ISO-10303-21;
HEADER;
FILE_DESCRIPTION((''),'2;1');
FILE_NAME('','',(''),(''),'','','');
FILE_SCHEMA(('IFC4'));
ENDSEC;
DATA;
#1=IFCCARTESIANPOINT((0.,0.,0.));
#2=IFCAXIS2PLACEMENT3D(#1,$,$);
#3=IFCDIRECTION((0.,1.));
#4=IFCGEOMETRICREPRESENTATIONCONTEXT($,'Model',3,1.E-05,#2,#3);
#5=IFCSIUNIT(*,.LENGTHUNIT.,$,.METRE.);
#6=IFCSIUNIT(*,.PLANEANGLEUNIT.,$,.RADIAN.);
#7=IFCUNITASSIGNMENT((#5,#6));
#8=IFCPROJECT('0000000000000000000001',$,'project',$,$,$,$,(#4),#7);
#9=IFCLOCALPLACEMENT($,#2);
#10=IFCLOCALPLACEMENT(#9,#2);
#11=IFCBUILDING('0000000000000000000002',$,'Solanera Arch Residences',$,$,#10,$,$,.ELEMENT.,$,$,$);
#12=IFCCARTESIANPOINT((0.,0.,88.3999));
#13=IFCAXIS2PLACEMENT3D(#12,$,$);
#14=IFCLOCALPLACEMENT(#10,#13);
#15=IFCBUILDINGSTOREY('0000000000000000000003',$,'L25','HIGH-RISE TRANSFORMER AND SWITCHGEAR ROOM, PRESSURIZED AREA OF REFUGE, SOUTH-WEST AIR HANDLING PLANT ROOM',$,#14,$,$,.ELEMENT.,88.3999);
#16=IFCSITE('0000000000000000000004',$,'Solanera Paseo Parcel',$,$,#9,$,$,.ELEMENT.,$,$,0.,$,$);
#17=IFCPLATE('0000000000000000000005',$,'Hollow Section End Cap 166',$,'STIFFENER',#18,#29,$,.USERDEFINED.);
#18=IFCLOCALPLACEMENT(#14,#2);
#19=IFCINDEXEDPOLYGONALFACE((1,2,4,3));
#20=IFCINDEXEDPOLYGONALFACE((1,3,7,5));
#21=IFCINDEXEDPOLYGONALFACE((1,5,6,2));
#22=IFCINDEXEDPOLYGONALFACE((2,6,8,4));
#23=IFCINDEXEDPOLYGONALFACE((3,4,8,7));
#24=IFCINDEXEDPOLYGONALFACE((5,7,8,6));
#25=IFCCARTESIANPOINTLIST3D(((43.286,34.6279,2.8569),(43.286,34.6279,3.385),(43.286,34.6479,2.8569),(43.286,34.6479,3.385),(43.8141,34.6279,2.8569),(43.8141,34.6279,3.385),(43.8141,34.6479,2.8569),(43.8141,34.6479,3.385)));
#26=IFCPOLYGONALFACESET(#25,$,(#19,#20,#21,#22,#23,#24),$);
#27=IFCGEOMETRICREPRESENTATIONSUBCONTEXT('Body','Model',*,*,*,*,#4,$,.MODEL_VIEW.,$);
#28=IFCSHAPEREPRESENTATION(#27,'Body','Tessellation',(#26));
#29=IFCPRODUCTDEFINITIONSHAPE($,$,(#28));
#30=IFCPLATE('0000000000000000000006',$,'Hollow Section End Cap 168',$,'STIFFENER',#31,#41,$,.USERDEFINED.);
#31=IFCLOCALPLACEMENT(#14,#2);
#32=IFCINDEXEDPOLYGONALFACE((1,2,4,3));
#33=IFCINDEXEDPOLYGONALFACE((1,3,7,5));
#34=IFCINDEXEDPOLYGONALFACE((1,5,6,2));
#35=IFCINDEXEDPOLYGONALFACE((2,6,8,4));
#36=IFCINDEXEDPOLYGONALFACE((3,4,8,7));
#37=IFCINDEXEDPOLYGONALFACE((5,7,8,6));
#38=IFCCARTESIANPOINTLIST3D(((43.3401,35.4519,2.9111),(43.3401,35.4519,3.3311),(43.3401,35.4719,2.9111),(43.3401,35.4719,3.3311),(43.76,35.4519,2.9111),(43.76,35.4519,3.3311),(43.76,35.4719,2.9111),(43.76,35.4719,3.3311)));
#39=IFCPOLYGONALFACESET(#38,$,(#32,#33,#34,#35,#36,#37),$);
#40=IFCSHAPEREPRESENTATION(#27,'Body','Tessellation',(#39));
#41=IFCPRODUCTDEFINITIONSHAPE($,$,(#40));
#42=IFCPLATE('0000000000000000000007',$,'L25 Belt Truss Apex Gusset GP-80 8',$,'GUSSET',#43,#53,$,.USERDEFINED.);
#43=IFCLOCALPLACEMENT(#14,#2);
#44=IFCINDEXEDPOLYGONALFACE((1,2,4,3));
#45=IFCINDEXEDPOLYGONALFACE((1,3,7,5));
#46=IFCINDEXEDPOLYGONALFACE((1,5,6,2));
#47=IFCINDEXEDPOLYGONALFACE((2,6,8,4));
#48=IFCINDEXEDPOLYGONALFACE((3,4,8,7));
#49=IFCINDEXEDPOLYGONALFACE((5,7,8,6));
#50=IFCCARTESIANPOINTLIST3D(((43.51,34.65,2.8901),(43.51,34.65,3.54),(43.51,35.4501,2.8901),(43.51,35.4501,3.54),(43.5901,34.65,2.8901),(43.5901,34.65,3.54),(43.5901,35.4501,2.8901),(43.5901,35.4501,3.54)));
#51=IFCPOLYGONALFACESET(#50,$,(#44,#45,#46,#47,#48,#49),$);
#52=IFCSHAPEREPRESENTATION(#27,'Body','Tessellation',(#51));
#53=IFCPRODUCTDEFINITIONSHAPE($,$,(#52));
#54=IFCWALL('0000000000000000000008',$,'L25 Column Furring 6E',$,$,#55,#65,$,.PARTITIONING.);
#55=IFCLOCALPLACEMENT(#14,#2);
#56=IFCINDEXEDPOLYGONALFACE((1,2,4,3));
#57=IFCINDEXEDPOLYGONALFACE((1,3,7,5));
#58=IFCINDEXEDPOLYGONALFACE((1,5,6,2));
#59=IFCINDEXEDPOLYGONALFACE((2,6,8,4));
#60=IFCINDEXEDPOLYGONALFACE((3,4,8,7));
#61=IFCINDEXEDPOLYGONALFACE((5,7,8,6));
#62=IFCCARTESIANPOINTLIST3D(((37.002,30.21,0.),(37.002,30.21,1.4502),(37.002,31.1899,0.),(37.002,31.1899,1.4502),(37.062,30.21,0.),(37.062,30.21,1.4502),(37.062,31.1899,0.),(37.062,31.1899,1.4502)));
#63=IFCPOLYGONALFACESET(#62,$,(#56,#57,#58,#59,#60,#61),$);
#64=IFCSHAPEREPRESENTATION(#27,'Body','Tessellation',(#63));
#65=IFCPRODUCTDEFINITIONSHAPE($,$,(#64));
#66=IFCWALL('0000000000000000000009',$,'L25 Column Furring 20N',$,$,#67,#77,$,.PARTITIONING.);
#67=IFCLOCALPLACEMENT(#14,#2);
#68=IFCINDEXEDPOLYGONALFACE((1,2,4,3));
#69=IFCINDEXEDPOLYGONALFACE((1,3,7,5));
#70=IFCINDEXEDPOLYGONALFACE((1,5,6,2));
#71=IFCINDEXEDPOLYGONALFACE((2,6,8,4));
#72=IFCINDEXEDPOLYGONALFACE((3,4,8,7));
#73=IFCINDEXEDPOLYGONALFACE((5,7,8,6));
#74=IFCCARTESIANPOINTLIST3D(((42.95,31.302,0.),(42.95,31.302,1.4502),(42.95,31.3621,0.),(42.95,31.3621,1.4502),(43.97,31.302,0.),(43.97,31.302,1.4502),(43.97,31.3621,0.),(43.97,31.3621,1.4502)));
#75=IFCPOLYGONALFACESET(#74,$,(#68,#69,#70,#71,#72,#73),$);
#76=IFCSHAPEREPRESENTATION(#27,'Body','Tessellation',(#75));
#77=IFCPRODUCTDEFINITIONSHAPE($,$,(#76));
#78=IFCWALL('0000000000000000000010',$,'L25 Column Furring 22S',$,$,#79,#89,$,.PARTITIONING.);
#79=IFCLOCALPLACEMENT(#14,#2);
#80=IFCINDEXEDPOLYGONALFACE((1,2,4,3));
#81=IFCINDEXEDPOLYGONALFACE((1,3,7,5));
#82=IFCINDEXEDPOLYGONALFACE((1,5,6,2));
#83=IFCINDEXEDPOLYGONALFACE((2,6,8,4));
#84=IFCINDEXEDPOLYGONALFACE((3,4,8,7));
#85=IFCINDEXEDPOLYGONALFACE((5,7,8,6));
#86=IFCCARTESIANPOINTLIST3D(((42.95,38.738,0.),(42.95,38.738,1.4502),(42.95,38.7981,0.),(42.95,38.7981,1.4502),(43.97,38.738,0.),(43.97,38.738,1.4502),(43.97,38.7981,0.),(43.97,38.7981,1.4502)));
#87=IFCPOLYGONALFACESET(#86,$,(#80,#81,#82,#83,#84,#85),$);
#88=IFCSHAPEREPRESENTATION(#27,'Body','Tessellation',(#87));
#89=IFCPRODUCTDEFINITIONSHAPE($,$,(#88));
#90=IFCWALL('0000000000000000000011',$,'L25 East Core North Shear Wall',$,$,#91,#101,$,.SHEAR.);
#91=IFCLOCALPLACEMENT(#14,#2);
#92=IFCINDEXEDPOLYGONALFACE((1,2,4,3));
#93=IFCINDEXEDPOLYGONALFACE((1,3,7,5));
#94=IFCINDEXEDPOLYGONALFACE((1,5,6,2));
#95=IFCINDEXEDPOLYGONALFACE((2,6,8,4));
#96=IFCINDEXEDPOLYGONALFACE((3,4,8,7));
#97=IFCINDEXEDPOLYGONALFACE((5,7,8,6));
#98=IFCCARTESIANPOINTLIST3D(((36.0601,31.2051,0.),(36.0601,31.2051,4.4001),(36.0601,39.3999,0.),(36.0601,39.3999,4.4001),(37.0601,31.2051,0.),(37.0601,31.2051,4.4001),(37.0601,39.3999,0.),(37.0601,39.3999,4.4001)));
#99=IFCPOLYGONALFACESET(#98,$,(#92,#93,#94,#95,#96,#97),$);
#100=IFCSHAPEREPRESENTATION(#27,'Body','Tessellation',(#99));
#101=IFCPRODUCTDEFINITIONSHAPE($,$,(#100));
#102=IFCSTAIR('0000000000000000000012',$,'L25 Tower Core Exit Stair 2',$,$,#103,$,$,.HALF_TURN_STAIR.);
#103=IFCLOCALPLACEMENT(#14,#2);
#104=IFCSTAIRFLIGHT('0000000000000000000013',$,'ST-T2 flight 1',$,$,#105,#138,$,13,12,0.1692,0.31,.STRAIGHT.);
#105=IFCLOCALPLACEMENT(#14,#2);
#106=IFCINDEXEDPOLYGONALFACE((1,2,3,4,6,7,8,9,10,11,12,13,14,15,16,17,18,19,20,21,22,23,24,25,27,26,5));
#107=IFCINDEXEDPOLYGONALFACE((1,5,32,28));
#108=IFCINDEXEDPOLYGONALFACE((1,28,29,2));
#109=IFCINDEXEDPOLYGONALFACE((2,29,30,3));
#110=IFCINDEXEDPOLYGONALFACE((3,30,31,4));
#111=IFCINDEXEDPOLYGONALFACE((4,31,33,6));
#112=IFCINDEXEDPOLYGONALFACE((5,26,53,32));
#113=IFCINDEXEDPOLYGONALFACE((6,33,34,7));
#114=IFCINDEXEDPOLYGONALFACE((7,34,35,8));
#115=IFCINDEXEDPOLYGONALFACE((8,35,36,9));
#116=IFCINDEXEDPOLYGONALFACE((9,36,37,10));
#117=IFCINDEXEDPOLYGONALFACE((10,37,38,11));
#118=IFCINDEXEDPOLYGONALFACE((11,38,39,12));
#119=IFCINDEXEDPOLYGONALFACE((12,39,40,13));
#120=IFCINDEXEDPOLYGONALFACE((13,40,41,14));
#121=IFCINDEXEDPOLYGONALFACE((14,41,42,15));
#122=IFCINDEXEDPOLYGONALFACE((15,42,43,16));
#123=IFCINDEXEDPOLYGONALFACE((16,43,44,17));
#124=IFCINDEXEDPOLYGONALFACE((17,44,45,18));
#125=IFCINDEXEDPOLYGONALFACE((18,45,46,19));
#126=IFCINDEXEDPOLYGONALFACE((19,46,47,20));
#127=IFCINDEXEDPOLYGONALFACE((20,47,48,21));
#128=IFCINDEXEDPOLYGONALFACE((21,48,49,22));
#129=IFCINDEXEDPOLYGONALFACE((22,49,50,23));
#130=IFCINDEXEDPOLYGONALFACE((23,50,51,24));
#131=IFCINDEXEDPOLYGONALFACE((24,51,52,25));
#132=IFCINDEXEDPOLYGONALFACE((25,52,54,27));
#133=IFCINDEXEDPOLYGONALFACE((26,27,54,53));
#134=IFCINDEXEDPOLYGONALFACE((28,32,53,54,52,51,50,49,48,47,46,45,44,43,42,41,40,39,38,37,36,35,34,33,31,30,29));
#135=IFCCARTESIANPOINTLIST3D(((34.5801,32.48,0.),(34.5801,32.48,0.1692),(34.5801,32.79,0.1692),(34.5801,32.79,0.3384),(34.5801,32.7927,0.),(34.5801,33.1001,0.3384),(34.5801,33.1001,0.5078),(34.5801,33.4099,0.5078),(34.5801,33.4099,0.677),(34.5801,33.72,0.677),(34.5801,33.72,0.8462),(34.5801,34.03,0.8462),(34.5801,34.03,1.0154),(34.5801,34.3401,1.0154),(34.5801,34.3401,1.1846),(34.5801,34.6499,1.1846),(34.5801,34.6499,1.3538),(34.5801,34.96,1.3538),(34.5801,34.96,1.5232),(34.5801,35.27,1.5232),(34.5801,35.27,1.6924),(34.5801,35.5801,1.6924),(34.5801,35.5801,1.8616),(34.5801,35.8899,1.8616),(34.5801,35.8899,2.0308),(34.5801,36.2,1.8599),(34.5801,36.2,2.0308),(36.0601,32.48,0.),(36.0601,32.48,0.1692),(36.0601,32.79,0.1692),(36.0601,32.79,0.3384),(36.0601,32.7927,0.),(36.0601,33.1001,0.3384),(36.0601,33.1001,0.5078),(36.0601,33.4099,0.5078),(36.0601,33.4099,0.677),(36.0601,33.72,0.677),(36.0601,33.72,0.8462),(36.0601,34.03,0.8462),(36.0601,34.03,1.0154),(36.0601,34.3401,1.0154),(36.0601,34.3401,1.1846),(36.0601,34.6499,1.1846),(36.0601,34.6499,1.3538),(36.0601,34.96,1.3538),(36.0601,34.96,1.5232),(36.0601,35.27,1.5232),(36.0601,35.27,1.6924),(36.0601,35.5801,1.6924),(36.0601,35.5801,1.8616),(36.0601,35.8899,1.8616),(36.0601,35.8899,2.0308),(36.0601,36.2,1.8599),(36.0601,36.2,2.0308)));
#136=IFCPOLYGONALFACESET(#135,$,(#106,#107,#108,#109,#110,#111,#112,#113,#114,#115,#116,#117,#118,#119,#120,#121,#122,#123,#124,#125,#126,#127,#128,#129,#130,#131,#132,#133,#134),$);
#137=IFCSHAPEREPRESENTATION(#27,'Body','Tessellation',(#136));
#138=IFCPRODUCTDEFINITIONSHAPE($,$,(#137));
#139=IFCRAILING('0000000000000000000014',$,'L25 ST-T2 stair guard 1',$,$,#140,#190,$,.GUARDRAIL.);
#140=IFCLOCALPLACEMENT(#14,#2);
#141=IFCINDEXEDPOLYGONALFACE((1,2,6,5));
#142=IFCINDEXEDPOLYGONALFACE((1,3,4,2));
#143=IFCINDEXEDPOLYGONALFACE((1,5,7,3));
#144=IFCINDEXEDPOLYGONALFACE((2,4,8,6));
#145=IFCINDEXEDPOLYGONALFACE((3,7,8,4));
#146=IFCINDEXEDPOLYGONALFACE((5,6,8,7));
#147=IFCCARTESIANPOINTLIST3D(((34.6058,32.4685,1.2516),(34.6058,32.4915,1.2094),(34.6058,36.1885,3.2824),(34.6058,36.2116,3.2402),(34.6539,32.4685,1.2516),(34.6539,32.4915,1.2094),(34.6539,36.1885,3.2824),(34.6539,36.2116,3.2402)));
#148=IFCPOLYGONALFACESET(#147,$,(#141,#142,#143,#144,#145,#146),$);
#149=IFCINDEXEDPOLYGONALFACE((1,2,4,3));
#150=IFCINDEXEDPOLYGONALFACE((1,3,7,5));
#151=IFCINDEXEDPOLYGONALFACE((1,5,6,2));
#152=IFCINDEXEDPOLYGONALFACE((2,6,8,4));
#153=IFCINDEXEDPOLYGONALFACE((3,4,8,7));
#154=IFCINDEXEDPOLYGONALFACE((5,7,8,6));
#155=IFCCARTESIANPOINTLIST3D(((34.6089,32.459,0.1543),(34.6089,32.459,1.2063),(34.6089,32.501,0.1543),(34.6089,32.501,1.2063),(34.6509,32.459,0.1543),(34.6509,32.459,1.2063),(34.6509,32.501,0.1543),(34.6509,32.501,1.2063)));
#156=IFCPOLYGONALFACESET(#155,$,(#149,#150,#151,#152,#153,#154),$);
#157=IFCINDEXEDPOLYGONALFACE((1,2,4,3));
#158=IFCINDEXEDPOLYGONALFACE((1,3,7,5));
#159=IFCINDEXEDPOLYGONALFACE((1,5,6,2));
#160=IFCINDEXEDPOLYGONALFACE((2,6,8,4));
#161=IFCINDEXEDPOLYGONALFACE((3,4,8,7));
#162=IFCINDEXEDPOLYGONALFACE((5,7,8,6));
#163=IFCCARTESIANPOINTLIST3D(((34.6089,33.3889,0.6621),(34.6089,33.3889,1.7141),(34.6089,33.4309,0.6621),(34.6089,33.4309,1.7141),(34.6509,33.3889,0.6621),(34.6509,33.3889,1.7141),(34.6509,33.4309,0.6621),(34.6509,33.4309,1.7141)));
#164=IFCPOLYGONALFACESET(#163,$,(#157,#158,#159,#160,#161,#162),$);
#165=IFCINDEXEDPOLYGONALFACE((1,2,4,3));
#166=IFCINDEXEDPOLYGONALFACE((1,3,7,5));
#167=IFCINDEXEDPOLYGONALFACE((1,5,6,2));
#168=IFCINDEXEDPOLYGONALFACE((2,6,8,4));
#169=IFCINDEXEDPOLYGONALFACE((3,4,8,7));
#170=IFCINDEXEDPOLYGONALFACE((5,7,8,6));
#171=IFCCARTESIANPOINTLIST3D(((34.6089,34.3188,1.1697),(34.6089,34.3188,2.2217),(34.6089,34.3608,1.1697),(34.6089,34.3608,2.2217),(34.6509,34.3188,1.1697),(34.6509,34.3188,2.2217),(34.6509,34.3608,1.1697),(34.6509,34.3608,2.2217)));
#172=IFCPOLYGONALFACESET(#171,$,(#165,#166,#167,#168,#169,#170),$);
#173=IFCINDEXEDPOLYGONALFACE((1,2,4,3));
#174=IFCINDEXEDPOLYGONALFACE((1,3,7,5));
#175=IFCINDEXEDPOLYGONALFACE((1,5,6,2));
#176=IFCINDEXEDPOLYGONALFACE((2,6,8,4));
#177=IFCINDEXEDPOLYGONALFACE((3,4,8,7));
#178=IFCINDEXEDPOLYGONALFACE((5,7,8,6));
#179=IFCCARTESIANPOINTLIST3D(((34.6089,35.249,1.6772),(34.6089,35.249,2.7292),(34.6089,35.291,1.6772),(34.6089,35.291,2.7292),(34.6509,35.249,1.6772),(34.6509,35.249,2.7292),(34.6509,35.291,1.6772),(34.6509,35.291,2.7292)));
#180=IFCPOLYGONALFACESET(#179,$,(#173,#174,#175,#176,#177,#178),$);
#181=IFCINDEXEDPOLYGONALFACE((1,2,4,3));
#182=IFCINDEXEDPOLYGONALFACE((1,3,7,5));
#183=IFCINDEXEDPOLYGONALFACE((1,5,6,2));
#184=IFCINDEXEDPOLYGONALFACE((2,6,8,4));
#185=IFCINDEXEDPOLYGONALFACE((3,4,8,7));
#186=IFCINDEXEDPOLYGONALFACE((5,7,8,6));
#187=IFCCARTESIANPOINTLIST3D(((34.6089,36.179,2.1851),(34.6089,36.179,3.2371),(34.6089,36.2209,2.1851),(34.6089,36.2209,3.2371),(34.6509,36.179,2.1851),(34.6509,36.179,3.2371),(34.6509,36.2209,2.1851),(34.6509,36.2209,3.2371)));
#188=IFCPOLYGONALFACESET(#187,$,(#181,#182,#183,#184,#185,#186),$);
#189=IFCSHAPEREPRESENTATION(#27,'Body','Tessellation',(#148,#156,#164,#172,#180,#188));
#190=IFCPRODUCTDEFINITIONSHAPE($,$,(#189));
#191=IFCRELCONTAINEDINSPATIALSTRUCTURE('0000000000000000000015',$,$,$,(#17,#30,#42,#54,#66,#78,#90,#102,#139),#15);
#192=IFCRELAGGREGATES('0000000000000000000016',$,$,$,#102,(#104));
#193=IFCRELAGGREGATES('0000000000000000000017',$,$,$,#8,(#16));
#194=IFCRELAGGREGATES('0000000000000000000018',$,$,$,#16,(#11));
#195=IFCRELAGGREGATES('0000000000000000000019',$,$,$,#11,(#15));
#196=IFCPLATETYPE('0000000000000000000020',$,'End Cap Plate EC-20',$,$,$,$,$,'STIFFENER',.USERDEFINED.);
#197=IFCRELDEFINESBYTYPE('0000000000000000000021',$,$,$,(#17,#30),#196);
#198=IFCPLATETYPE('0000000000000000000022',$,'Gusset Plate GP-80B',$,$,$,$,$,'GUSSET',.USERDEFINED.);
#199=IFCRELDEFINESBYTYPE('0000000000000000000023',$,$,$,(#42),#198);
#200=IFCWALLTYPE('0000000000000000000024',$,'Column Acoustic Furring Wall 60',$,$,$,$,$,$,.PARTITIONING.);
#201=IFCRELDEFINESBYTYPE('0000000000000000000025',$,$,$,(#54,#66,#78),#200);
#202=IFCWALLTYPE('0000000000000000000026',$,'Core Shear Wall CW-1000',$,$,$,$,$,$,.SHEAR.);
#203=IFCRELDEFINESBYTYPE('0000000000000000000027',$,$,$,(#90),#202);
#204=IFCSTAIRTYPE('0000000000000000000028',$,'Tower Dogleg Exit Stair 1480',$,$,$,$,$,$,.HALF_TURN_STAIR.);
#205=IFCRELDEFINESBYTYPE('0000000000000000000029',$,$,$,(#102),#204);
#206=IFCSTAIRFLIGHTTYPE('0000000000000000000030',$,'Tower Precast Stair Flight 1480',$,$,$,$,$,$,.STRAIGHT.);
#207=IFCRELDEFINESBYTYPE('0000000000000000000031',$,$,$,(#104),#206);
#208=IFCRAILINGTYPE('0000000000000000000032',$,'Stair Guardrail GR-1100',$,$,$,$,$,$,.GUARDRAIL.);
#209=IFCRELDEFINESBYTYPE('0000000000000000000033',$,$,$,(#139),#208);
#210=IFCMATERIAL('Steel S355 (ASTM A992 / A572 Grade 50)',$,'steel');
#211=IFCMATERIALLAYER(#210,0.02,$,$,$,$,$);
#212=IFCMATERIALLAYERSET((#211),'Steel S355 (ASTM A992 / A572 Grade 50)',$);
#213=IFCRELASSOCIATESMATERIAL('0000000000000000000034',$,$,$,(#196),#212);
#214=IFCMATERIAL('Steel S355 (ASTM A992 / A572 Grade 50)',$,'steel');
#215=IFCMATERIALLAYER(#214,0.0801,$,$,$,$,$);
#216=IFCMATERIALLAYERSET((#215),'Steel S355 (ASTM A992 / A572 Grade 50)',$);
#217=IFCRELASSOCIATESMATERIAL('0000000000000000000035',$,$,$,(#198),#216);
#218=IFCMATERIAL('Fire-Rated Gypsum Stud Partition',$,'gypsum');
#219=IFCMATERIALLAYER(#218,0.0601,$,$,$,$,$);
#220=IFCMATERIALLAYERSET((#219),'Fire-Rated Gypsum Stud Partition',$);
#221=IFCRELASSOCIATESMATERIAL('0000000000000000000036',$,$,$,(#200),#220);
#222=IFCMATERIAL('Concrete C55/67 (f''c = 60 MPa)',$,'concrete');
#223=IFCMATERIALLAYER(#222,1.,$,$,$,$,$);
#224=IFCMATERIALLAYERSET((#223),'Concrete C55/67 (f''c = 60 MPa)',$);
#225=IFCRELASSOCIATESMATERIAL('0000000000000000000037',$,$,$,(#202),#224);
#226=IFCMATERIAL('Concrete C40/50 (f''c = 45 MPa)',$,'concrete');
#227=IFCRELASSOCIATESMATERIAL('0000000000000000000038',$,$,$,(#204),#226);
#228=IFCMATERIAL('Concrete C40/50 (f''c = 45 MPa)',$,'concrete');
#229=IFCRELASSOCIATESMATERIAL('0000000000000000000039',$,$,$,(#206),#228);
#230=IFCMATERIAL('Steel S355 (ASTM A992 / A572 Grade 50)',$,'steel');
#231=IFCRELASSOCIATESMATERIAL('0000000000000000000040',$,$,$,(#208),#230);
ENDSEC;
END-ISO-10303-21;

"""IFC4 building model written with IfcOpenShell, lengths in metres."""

from ifc_helpers import new_model, si_unit, direction, frame, frame_2d, origin, origin_2d, place, context, subcontext, project, spatial, polyline, rectangle, outline, extrude, material, layer, layer_set, type_object, element, aggregate, save


model = new_model("IFC4")

# Units and contexts
model_context = context("Model", 3, precision=1e-05, world=origin(), true_north=direction((0.0, 1.0)))
body_context = subcontext(model_context, "Body", "Model", "MODEL_VIEW")
ifc_project = project(units=[si_unit("LENGTHUNIT", "METRE"), si_unit("PLANEANGLEUNIT", "RADIAN")], contexts=[model_context])

# Site, building, storey
site_placement = place(None, origin())
site = spatial("IfcSite", under=ifc_project, at=site_placement, Name="Solanera Paseo Parcel", CompositionType="ELEMENT", RefElevation=0.0)
building_placement = place(site_placement, origin())
building = spatial("IfcBuilding", under=site, at=building_placement, Name="Solanera Arch Residences", CompositionType="ELEMENT")
storey_placement = place(building_placement, frame((0.0, 0.0, 88.3999)))
storey = spatial("IfcBuildingStorey", under=building, at=storey_placement, Name="L25", Description="HIGH-RISE TRANSFORMER AND SWITCHGEAR ROOM, PRESSURIZED AREA OF REFUGE, SOUTH-WEST AIR HANDLING PLANT ROOM", CompositionType="ELEMENT", Elevation=88.3999)

# Plates
ifc_material_1 = material(Name="Steel S355 (ASTM A992 / A572 Grade 50)", Category="steel")
ifc_layer_1 = layer(ifc_material_1, 0.02)
ifc_layer_set_1 = layer_set([ifc_layer_1], Name="Steel S355 (ASTM A992 / A572 Grade 50)")
plate_type_1 = type_object("IfcPlateType", Name="End Cap Plate EC-20", ElementType="STIFFENER", PredefinedType="USERDEFINED", material=ifc_layer_set_1)
for number, where, z_axis, x_axis, name in (
    (1, (43.55, 34.6379, 2.8569), (0.0, 0.0, 1.0), (0.0, 1.0, 0.0), "Hollow Section End Cap 166"),
):
    element("IfcPlate", number, at=place(storey_placement, frame(where, z_axis=z_axis, x_axis=x_axis)), inside=storey, type_object=plate_type_1, Name=name, ObjectType="STIFFENER", PredefinedType="USERDEFINED", context=body_context, shape_type="SweptSolid", body=[
        extrude(rectangle(XDim=0.02, YDim=0.5281, at=origin_2d()), origin(), (0.0, 0.0, 1.0), 0.5281),
    ])
plate_1_placement = place(storey_placement, frame((43.55, 35.4619, 2.9111), z_axis=(0.0, 0.0, 1.0), x_axis=(0.0, -1.0, 0.0)))
element("IfcPlate", 2, at=plate_1_placement, inside=storey, type_object=plate_type_1, Name="Hollow Section End Cap 168", ObjectType="STIFFENER", PredefinedType="USERDEFINED", context=body_context, shape_type="SweptSolid", body=[
    extrude(rectangle(XDim=0.02, YDim=0.4199, at=origin_2d()), origin(), (0.0, 0.0, 1.0), 0.4199),
])
ifc_material_2 = material(Name="Steel S355 (ASTM A992 / A572 Grade 50)", Category="steel")
ifc_layer_2 = layer(ifc_material_2, 0.0801)
ifc_layer_set_2 = layer_set([ifc_layer_2], Name="Steel S355 (ASTM A992 / A572 Grade 50)")
plate_type_2 = type_object("IfcPlateType", Name="Gusset Plate GP-80B", ElementType="GUSSET", PredefinedType="USERDEFINED", material=ifc_layer_set_2)
plate_2_placement = place(storey_placement, frame((43.55, 35.05, 2.8901), z_axis=(0.0, 0.0, 1.0), x_axis=(1.0, 0.0, 0.0)))
element("IfcPlate", 3, at=plate_2_placement, inside=storey, type_object=plate_type_2, Name="L25 Belt Truss Apex Gusset GP-80 8", ObjectType="GUSSET", PredefinedType="USERDEFINED", context=body_context, shape_type="SweptSolid", body=[
    extrude(rectangle(XDim=0.0801, YDim=0.8, at=origin_2d()), origin(), (0.0, 0.0, 1.0), 0.6499),
])

# Walls
ifc_material_3 = material(Name="Fire-Rated Gypsum Stud Partition", Category="gypsum")
ifc_layer_3 = layer(ifc_material_3, 0.0601)
ifc_layer_set_3 = layer_set([ifc_layer_3], Name="Fire-Rated Gypsum Stud Partition")
wall_type_1 = type_object("IfcWallType", Name="Column Acoustic Furring Wall 60", PredefinedType="PARTITIONING", material=ifc_layer_set_3)
wall_1_placement = place(storey_placement, frame((37.032, 30.21, 0.0), z_axis=(0.0, 0.0, 1.0), x_axis=(0.0, 1.0, 0.0)))
element("IfcWall", 4, at=wall_1_placement, inside=storey, type_object=wall_type_1, Name="L25 Column Furring 6E", PredefinedType="PARTITIONING", context=body_context, shape_type="SweptSolid", body=[
    extrude(rectangle(XDim=0.98, YDim=0.0601, at=frame_2d((0.49, 0.0))), origin(), (0.0, 0.0, 1.0), 1.4502),
])
for number, where, z_axis, x_axis, name in (
    (5, (42.95, 31.332, 0.0), (0.0, 0.0, 1.0), (1.0, 0.0, 0.0), "L25 Column Furring 20N"),
    (6, (42.95, 38.7681, 0.0), (0.0, 0.0, 1.0), (1.0, 0.0, 0.0), "L25 Column Furring 22S"),
):
    element("IfcWall", number, at=place(storey_placement, frame(where, z_axis=z_axis, x_axis=x_axis)), inside=storey, type_object=wall_type_1, Name=name, PredefinedType="PARTITIONING", context=body_context, shape_type="SweptSolid", body=[
        extrude(rectangle(XDim=1.02, YDim=0.0601, at=frame_2d((0.51, 0.0))), origin(), (0.0, 0.0, 1.0), 1.4502),
    ])
ifc_material_4 = material(Name="Concrete C55/67 (f'c = 60 MPa)", Category="concrete")
ifc_layer_4 = layer(ifc_material_4, 1.0)
ifc_layer_set_4 = layer_set([ifc_layer_4], Name="Concrete C55/67 (f'c = 60 MPa)")
wall_type_2 = type_object("IfcWallType", Name="Core Shear Wall CW-1000", PredefinedType="SHEAR", material=ifc_layer_set_4)
wall_2_placement = place(storey_placement, frame((36.5601, 31.2051, 0.0), z_axis=(0.0, 0.0, 1.0), x_axis=(0.0, 1.0, 0.0)))
element("IfcWall", 7, at=wall_2_placement, inside=storey, type_object=wall_type_2, Name="L25 East Core North Shear Wall", PredefinedType="SHEAR", context=body_context, shape_type="SweptSolid", body=[
    extrude(rectangle(XDim=8.1948, YDim=1.0, at=frame_2d((4.0974, 0.0))), origin(), (0.0, 0.0, 1.0), 4.4001),
])

# Stair, stair flight
ifc_material_5 = material(Name="Concrete C40/50 (f'c = 45 MPa)", Category="concrete")
stair_type = type_object("IfcStairType", Name="Tower Dogleg Exit Stair 1480", PredefinedType="HALF_TURN_STAIR", material=ifc_material_5)
stair_placement = place(storey_placement, origin())
stair = element("IfcStair", 8, at=stair_placement, inside=storey, type_object=stair_type, Name="L25 Tower Core Exit Stair 2", PredefinedType="HALF_TURN_STAIR")
ifc_material_6 = material(Name="Concrete C40/50 (f'c = 45 MPa)", Category="concrete")
stair_flight_type = type_object("IfcStairFlightType", Name="Tower Precast Stair Flight 1480", PredefinedType="STRAIGHT", material=ifc_material_6)
stair_flight_placement = place(storey_placement, frame((35.3201, 32.48, 0.0), z_axis=(0.0, 0.0, 1.0), x_axis=(0.0, 1.0, 0.0)))
stair_flight = element("IfcStairFlight", 9, at=stair_flight_placement, type_object=stair_flight_type, Name="ST-T2 flight 1", NumberOfRisers=13, NumberOfTreads=12, PredefinedType="STRAIGHT", RiserHeight=0.1692, TreadLength=0.31, context=body_context, shape_type="SweptSolid", body=[
    extrude(outline(polyline([(0.0, 0.0), (0.0, 0.1692), (0.3101, 0.1692), (0.3101, 0.3384), (0.6201, 0.3384), (0.6201, 0.5078), (0.9299, 0.5078), (0.9299, 0.677), (1.24, 0.677), (1.24, 0.8462), (1.55, 0.8462), (1.55, 1.0154), (1.8601, 1.0154), (1.8601, 1.1846), (2.1699, 1.1846), (2.1699, 1.3538), (2.48, 1.3538), (2.48, 1.5232), (2.79, 1.5232), (2.79, 1.6924), (3.1001, 1.6924), (3.1001, 1.8616), (3.4099, 1.8616), (3.4099, 2.0308), (3.72, 2.0308), (3.72, 2.2), (3.72, 1.8599), (0.3127, 0.0), (0.0, 0.0)])), frame((0.0, 0.74, 0.0), z_axis=(0.0, -1.0, 0.0), x_axis=(1.0, 0.0, 0.0)), (0.0, 0.0, 1.0), 1.48),
])
aggregate(stair, [stair_flight])

# Railing
ifc_material_7 = material(Name="Steel S355 (ASTM A992 / A572 Grade 50)", Category="steel")
railing_type_1 = type_object("IfcRailingType", Name="Stair Guardrail GR-1100", PredefinedType="GUARDRAIL", material=ifc_material_7)
railing_1_placement = place(storey_placement, frame((34.6299, 32.48, 0.1543)))
element("IfcRailing", 10, at=railing_1_placement, inside=storey, type_object=railing_type_1, Name="L25 ST-T2 stair guard 1", PredefinedType="GUARDRAIL", context=body_context, shape_type="SweptSolid", body=[
    extrude(rectangle(XDim=0.0481, YDim=0.0481, at=origin_2d()), frame((0.0, 0.0, 1.0762), z_axis=(0.0, 0.877728, 0.479159), x_axis=(-1.0, 0.0, 0.0)), (0.0, 0.0, 1.0), 4.2383),
    extrude(rectangle(XDim=0.042, YDim=0.042, at=origin_2d()), origin(), (0.0, 0.0, 1.0), 1.052),
    extrude(rectangle(XDim=0.042, YDim=0.042, at=origin_2d()), frame((0.0, 0.9299, 0.5078)), (0.0, 0.0, 1.0), 1.052),
    extrude(rectangle(XDim=0.042, YDim=0.042, at=origin_2d()), frame((0.0, 1.8599, 1.0154)), (0.0, 0.0, 1.0), 1.052),
    extrude(rectangle(XDim=0.042, YDim=0.042, at=origin_2d()), frame((0.0, 2.79, 1.5229)), (0.0, 0.0, 1.0), 1.052),
    extrude(rectangle(XDim=0.042, YDim=0.042, at=origin_2d()), frame((0.0, 3.72, 2.0308)), (0.0, 0.0, 1.0), 1.052),
])

save(model, "model.ifc")
